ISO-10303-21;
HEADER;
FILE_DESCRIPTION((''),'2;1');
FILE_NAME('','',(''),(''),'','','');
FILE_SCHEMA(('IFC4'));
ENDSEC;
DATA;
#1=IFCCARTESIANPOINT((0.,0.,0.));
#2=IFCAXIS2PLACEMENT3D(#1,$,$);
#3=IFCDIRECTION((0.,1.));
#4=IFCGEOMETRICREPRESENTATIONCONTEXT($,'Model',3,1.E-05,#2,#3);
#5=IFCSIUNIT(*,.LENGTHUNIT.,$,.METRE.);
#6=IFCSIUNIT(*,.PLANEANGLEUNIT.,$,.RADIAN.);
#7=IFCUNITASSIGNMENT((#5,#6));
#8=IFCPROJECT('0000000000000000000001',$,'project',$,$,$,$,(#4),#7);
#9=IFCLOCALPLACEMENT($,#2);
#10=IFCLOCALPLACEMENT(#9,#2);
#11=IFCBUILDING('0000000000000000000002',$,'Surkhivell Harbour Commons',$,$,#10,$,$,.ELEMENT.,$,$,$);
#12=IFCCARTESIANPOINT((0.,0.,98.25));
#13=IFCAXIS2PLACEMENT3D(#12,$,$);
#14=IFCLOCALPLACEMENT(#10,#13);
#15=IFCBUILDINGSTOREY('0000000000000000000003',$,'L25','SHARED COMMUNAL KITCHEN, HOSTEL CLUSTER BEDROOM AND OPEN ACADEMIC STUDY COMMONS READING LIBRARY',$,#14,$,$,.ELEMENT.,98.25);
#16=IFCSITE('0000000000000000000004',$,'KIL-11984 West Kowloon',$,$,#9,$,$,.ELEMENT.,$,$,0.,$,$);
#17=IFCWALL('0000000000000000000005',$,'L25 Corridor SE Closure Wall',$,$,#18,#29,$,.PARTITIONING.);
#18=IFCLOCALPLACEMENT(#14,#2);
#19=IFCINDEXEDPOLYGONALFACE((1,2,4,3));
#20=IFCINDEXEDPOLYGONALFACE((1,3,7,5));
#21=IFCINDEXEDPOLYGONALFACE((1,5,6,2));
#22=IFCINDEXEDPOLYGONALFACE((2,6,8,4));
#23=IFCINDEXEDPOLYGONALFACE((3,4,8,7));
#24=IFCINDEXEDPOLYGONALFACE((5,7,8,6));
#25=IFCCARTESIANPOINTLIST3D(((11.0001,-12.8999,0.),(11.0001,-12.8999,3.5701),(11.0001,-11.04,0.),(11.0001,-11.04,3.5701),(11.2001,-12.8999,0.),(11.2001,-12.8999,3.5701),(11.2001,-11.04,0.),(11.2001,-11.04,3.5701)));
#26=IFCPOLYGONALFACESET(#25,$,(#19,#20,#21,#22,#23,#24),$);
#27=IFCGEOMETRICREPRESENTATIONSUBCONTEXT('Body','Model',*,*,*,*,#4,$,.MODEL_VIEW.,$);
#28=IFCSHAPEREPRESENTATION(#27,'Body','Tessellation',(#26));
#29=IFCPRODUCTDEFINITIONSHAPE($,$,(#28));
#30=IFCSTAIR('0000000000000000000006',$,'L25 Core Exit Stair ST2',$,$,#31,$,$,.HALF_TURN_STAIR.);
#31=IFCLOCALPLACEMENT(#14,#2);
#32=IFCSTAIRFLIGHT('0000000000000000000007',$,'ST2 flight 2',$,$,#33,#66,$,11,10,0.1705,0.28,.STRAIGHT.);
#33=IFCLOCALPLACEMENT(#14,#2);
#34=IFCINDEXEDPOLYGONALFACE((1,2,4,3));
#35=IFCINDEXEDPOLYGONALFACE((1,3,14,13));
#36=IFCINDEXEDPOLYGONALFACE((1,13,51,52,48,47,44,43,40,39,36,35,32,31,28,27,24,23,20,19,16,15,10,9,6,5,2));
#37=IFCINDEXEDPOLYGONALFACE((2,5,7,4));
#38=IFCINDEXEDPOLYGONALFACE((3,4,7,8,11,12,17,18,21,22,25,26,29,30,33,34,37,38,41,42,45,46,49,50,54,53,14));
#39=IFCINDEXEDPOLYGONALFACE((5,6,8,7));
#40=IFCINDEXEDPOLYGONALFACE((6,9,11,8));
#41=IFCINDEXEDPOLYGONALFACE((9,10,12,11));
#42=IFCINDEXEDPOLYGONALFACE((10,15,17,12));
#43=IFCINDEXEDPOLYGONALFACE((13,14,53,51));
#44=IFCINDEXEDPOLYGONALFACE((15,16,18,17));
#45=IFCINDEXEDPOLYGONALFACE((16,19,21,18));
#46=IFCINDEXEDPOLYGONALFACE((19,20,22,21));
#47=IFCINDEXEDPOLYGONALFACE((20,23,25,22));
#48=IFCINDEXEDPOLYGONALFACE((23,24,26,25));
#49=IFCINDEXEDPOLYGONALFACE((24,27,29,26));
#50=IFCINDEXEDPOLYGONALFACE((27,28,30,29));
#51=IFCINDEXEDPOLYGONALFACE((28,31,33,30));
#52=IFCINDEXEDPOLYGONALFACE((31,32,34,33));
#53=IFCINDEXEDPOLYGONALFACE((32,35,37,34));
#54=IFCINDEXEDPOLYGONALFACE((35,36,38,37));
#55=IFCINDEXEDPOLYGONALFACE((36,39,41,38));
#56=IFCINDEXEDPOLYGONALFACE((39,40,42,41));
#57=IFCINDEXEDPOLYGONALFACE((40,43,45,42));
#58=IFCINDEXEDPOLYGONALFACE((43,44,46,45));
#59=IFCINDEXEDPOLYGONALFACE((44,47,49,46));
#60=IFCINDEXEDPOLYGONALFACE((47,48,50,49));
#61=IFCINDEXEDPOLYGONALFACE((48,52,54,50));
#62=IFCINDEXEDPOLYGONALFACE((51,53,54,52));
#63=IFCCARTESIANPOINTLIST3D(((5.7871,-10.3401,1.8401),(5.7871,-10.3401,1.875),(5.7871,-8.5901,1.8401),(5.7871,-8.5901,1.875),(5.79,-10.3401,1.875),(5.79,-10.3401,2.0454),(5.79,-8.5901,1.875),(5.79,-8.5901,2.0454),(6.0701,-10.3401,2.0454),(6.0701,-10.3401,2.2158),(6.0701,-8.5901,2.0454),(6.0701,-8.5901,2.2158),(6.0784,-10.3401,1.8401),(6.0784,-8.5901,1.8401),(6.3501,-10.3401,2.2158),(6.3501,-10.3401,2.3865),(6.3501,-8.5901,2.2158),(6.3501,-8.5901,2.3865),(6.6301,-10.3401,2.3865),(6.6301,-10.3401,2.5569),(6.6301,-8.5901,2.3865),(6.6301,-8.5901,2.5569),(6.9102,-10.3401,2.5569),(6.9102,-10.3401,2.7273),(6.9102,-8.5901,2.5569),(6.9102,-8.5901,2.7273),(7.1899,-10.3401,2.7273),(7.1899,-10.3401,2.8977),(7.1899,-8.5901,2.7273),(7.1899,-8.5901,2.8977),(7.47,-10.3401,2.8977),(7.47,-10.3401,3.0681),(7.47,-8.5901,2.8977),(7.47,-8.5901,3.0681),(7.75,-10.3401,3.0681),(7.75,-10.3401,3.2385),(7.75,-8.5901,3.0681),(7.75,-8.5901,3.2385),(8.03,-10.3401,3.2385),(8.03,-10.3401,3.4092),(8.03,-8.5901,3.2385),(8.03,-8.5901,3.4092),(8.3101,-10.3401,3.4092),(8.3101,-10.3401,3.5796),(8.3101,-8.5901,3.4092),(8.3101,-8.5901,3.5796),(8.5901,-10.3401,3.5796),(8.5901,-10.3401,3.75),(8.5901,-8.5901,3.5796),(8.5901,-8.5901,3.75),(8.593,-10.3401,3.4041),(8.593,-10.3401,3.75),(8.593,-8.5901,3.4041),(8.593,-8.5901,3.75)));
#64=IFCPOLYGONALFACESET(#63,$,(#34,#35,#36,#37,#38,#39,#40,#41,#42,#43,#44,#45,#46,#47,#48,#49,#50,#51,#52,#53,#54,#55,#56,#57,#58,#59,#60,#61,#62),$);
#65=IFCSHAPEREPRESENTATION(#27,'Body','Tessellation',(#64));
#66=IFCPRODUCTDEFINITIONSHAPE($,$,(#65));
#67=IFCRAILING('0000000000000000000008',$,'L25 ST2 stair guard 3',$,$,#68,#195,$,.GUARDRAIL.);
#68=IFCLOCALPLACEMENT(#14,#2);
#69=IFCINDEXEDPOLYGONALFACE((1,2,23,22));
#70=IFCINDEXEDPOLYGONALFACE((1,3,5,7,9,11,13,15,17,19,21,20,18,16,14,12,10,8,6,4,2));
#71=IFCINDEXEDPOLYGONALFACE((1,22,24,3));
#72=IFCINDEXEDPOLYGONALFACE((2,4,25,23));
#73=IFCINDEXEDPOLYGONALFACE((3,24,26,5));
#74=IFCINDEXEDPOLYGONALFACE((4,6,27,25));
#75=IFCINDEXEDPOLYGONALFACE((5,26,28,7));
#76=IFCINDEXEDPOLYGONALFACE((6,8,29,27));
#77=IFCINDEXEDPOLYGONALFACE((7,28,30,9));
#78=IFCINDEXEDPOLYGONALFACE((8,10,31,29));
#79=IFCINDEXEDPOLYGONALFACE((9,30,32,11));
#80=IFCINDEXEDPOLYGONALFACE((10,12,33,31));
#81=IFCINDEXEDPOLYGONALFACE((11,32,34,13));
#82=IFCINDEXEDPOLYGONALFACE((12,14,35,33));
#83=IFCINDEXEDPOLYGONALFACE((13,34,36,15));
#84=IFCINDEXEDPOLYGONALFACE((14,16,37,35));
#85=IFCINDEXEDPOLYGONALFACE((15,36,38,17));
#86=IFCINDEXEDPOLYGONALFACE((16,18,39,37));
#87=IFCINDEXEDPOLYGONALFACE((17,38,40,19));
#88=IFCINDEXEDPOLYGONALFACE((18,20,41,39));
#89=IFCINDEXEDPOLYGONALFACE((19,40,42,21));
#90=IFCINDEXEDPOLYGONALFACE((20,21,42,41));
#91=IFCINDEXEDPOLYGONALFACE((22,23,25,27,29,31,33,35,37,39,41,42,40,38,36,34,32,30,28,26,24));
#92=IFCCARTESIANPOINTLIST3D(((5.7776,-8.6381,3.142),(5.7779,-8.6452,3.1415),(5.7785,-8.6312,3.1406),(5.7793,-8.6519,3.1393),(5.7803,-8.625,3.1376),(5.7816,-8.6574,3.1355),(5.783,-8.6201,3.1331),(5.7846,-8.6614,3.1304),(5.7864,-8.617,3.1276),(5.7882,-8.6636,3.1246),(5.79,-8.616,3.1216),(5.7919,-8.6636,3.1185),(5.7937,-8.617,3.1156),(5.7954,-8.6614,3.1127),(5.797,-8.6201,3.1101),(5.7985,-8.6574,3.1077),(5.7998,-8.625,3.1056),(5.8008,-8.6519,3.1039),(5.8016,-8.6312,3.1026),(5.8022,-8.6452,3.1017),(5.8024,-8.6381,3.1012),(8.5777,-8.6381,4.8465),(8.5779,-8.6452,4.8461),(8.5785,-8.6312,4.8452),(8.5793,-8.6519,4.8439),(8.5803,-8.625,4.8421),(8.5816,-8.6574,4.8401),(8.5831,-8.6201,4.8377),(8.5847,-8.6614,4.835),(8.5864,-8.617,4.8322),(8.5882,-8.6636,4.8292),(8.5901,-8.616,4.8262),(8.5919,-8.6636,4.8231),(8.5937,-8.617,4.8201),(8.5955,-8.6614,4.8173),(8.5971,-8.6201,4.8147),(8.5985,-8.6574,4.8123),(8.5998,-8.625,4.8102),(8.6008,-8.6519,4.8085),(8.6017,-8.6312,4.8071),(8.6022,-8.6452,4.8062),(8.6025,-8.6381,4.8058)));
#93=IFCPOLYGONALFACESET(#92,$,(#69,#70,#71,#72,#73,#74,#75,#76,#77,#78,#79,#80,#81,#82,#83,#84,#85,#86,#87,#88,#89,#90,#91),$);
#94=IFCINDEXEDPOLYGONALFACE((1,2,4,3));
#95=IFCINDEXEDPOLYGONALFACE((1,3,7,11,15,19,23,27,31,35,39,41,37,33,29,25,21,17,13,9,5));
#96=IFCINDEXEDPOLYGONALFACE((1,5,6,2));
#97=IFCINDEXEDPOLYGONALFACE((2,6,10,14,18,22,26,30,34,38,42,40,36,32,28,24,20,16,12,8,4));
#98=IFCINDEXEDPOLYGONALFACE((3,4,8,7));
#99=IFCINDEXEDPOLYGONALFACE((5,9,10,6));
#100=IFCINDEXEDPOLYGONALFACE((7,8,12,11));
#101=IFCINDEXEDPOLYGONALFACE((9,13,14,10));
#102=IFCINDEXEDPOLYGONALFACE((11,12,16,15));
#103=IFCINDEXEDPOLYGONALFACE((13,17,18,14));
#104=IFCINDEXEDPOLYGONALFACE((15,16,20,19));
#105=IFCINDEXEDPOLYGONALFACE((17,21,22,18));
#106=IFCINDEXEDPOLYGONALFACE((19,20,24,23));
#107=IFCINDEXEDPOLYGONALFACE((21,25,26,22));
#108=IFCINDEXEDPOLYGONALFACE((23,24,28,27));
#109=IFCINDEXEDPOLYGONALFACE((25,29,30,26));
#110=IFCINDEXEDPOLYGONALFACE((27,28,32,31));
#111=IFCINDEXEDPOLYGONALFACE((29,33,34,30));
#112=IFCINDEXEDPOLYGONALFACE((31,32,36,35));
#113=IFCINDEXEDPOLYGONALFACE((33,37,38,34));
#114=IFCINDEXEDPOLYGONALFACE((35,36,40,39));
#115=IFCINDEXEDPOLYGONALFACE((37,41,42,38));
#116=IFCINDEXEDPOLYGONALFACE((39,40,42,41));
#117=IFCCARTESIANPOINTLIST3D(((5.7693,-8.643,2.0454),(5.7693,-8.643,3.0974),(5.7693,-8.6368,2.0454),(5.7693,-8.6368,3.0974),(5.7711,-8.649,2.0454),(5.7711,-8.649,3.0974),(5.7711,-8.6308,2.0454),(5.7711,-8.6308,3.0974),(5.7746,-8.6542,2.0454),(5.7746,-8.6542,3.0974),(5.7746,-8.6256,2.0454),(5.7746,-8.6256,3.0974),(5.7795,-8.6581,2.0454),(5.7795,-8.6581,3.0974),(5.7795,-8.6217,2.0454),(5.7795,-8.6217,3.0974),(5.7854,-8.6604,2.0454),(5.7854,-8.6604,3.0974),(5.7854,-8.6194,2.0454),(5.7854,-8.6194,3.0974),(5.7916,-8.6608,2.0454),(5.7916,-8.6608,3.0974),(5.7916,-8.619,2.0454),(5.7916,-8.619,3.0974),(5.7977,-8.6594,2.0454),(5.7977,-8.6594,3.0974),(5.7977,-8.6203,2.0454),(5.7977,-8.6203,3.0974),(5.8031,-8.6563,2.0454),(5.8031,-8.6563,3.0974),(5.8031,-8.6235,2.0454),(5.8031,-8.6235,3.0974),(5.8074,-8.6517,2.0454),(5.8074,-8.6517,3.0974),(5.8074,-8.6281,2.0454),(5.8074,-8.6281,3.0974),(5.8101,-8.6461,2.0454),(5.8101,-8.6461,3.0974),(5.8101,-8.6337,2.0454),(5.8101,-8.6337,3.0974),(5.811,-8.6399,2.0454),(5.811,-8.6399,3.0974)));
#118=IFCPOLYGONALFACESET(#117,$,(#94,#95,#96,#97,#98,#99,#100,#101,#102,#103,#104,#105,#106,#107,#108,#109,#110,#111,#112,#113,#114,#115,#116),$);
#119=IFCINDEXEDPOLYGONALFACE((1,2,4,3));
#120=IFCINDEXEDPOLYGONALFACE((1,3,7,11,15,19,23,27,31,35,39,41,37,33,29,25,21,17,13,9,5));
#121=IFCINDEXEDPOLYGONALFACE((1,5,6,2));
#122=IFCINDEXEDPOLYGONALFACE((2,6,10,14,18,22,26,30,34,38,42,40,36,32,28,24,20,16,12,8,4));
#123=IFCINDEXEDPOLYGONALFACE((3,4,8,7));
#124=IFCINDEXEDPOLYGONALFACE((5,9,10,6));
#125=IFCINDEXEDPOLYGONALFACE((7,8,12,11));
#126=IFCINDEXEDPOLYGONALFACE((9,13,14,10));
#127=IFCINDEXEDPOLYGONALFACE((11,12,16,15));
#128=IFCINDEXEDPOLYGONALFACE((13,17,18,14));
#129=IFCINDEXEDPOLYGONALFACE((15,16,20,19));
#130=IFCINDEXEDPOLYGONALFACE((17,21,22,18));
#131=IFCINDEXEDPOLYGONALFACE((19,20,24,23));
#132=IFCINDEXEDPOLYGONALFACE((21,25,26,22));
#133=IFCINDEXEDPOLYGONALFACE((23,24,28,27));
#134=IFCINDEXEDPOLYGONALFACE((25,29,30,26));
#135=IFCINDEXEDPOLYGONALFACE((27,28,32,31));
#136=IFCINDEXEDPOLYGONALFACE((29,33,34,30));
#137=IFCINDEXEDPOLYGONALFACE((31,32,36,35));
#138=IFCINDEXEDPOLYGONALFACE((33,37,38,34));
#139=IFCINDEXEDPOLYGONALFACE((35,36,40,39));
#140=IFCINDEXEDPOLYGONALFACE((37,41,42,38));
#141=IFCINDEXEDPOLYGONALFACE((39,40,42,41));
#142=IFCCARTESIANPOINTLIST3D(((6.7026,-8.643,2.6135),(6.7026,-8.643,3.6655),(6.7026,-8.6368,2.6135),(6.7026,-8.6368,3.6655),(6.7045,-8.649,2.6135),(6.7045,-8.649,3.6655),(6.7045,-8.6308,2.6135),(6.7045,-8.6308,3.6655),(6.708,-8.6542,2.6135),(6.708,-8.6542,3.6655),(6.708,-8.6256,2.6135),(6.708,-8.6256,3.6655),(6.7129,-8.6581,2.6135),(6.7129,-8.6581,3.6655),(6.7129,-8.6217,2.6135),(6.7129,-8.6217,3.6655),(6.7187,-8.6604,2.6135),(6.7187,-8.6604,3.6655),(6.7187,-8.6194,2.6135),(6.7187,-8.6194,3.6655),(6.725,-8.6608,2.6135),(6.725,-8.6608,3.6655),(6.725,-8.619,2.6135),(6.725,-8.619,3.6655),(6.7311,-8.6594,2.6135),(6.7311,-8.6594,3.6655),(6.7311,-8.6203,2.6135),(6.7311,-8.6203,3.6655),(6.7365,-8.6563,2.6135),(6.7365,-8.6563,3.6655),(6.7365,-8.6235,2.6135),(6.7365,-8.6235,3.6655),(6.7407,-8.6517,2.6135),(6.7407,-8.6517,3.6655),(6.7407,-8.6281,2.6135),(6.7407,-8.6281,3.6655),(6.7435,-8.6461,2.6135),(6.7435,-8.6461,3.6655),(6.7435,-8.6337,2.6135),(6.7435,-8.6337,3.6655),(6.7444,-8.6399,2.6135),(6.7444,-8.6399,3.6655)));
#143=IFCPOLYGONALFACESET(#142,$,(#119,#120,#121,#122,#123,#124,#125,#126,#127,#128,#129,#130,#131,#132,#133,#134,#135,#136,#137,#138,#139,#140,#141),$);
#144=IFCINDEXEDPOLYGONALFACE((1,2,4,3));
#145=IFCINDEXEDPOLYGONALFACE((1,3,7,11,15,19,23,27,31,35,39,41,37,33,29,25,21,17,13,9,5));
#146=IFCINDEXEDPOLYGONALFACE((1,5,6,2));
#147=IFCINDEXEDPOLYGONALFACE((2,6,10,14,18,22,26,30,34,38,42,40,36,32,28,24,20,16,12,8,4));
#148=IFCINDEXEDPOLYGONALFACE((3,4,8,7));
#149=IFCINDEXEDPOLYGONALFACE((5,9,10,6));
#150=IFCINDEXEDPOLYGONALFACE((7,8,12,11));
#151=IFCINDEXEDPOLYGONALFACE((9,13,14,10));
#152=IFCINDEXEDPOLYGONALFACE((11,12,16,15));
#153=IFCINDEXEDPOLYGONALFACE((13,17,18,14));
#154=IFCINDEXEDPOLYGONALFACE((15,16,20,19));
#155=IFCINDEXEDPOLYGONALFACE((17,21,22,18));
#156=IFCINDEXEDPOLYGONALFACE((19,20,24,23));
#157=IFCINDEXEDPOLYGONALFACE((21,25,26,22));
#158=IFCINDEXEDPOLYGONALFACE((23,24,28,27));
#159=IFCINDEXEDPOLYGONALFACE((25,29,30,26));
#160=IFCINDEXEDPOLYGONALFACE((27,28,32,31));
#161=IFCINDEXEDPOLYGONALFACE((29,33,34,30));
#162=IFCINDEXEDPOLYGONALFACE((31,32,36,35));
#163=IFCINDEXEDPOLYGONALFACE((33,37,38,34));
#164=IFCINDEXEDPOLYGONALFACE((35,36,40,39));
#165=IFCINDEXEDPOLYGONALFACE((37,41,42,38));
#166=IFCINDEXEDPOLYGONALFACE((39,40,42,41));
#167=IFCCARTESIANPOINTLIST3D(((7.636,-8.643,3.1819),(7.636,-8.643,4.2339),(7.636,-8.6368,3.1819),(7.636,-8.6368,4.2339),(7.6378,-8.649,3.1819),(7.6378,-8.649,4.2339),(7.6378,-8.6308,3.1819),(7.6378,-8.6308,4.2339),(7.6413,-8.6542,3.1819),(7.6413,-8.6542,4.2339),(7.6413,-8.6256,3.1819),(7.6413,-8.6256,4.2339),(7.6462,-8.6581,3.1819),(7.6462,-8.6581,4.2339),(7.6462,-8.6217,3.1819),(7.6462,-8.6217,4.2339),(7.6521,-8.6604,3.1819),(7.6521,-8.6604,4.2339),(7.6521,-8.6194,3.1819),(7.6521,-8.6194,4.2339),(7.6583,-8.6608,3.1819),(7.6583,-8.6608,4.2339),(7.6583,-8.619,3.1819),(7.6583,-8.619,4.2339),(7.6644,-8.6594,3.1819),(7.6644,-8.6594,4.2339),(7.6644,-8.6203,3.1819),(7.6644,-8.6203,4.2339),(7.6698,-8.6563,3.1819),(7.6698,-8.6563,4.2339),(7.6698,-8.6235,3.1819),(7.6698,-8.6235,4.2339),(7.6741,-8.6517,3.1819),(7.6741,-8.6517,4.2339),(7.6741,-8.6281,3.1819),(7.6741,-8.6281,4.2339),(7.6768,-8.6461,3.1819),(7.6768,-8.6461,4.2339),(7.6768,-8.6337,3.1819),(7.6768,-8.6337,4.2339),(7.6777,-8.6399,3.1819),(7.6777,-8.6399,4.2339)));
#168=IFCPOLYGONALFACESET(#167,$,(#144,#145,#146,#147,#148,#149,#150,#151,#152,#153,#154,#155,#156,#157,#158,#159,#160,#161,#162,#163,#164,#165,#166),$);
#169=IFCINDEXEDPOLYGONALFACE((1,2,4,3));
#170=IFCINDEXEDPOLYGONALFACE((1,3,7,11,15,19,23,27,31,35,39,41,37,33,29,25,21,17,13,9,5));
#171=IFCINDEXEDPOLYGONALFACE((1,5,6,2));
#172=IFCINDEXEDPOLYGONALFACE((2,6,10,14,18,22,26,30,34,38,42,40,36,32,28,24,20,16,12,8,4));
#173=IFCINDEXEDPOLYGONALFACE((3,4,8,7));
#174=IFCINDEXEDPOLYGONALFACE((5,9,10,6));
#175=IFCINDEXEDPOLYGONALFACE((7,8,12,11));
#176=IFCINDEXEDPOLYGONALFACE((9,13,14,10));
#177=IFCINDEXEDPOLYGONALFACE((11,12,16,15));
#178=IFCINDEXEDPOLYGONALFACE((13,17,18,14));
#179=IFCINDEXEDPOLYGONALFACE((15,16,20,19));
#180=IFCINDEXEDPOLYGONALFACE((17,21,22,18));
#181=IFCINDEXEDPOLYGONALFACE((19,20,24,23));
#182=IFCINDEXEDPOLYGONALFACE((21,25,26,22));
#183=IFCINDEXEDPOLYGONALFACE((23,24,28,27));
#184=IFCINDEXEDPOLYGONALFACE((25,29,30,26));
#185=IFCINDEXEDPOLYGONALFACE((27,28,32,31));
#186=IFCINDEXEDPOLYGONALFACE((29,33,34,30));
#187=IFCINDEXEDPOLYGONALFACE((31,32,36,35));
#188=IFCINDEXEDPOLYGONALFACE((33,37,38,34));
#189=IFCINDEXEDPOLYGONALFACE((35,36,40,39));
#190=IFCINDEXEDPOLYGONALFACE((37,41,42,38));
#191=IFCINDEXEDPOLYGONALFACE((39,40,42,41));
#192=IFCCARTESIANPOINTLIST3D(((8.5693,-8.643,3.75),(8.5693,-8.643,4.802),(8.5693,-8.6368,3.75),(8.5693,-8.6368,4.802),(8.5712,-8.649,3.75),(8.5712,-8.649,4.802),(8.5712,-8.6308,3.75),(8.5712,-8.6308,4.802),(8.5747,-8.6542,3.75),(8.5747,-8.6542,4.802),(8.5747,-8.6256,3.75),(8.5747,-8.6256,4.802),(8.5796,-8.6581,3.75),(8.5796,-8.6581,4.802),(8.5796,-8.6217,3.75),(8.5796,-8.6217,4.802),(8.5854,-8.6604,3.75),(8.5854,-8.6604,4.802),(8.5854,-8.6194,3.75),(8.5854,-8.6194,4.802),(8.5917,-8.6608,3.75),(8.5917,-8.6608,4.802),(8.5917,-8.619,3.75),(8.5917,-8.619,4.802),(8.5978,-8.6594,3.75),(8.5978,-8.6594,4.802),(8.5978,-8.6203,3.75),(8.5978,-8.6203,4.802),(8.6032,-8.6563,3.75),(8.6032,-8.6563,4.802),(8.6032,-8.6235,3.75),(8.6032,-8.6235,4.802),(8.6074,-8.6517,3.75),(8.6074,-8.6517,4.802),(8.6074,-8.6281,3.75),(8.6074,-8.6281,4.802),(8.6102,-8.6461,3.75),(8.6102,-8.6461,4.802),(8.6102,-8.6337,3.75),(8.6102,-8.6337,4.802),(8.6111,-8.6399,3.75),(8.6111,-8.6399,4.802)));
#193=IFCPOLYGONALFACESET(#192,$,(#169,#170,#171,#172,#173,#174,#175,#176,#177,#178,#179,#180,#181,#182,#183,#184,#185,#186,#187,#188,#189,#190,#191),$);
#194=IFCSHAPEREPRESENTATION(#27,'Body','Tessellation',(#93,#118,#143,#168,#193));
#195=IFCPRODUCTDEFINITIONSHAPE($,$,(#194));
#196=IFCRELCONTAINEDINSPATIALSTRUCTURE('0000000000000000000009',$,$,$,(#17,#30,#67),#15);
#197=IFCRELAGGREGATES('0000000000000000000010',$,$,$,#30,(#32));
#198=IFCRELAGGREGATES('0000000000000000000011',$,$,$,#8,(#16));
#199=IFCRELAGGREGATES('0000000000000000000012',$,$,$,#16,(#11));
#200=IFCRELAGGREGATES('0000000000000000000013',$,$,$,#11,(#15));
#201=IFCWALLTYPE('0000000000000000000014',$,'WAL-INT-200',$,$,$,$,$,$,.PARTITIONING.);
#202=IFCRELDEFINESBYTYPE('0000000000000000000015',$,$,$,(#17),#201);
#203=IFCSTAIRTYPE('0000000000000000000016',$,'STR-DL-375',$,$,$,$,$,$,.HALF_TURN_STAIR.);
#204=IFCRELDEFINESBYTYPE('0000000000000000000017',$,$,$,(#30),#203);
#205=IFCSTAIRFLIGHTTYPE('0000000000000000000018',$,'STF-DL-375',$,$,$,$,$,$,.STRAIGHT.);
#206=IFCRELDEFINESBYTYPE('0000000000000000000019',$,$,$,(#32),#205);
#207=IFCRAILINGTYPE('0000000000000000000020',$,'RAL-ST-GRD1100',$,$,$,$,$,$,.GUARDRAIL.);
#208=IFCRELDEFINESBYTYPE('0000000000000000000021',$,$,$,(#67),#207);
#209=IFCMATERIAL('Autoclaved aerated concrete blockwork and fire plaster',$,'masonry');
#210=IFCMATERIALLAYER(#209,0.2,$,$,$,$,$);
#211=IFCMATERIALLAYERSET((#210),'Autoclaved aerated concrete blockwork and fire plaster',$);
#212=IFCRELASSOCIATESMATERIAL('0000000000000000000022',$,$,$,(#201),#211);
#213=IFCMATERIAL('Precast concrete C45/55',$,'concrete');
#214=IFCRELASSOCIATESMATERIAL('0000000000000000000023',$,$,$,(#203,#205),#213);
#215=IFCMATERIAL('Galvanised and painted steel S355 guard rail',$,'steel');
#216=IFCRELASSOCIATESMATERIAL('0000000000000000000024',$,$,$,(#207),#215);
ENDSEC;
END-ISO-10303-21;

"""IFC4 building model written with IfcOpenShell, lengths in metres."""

from ifc_helpers import new_model, si_unit, direction, frame, frame_2d, origin, origin_2d, place, context, subcontext, project, spatial, polyline, rectangle, circle, outline, extrude, material, layer, layer_set, type_object, element, aggregate, save


model = new_model("IFC4")

# Units and contexts
model_context = context("Model", 3, precision=1e-05, world=origin(), true_north=direction((0.0, 1.0)))
body_context = subcontext(model_context, "Body", "Model", "MODEL_VIEW")
ifc_project = project(units=[si_unit("LENGTHUNIT", "METRE"), si_unit("PLANEANGLEUNIT", "RADIAN")], contexts=[model_context])

# Site, building, storey
site_placement = place(None, origin())
site = spatial("IfcSite", under=ifc_project, at=site_placement, Name="KIL-11984 West Kowloon", CompositionType="ELEMENT", RefElevation=0.0)
building_placement = place(site_placement, origin())
building = spatial("IfcBuilding", under=site, at=building_placement, Name="Surkhivell Harbour Commons", CompositionType="ELEMENT")
storey_placement = place(building_placement, frame((0.0, 0.0, 98.25)))
storey = spatial("IfcBuildingStorey", under=building, at=storey_placement, Name="L25", Description="SHARED COMMUNAL KITCHEN, HOSTEL CLUSTER BEDROOM AND OPEN ACADEMIC STUDY COMMONS READING LIBRARY", CompositionType="ELEMENT", Elevation=98.25)

# Shared definitions
ifc_material_1 = material(Name="Autoclaved aerated concrete blockwork and fire plaster", Category="masonry")
ifc_layer_1 = layer(ifc_material_1, 0.2)
ifc_layer_set_1 = layer_set([ifc_layer_1], Name="Autoclaved aerated concrete blockwork and fire plaster")
wall_type_1 = type_object("IfcWallType", Name="WAL-INT-200", PredefinedType="PARTITIONING", material=ifc_layer_set_1)

# Wall
wall_1_placement = place(storey_placement, frame((11.1001, -12.8999, 0.0), z_axis=(0.0, 0.0, 1.0), x_axis=(0.0, 1.0, 0.0)))
element("IfcWall", 1, at=wall_1_placement, inside=storey, type_object=wall_type_1, Name="L25 Corridor SE Closure Wall", PredefinedType="PARTITIONING", context=body_context, shape_type="SweptSolid", body=[
    extrude(rectangle(XDim=1.8599, YDim=0.2, at=frame_2d((0.9299, 0.0))), origin(), (0.0, 0.0, 1.0), 3.5701),
])

# Stair, stair flight
ifc_material_2 = material(Name="Precast concrete C45/55", Category="concrete")
stair_type = type_object("IfcStairType", Name="STR-DL-375", PredefinedType="HALF_TURN_STAIR", material=ifc_material_2)
stair_placement = place(storey_placement, origin())
stair = element("IfcStair", 2, at=stair_placement, inside=storey, type_object=stair_type, Name="L25 Core Exit Stair ST2", PredefinedType="HALF_TURN_STAIR")
stair_flight_type = type_object("IfcStairFlightType", Name="STF-DL-375", PredefinedType="STRAIGHT", material=ifc_material_2)
stair_flight_placement = place(storey_placement, frame((5.79, -9.4651, 1.875), z_axis=(0.0, 0.0, 1.0), x_axis=(1.0, 0.0, 0.0)))
stair_flight = element("IfcStairFlight", 3, at=stair_flight_placement, type_object=stair_flight_type, Name="ST2 flight 2", NumberOfRisers=11, NumberOfTreads=10, PredefinedType="STRAIGHT", RiserHeight=0.1705, TreadLength=0.28, context=body_context, shape_type="SweptSolid", body=[
    extrude(outline(polyline([(-0.0029, -0.0349), (-0.0029, 0.0), (0.0, 0.0), (0.0, 0.1704), (0.28, 0.1704), (0.28, 0.3408), (0.5601, 0.3408), (0.5601, 0.5115), (0.8401, 0.5115), (0.8401, 0.6819), (1.1201, 0.6819), (1.1201, 0.8523), (1.3999, 0.8523), (1.3999, 1.0227), (1.6799, 1.0227), (1.6799, 1.1931), (1.96, 1.1931), (1.96, 1.3635), (2.24, 1.3635), (2.24, 1.5342), (2.52, 1.5342), (2.52, 1.7046), (2.8, 1.7046), (2.8, 1.875), (2.803, 1.875), (2.803, 1.5291), (0.2883, -0.0349), (-0.0029, -0.0349)])), frame((0.0, 0.875, 0.0), z_axis=(0.0, -1.0, 0.0), x_axis=(1.0, 0.0, 0.0)), (0.0, 0.0, 1.0), 1.75),
])
aggregate(stair, [stair_flight])

# Railing
ifc_material_3 = material(Name="Galvanised and painted steel S355 guard rail", Category="steel")
railing_type_1 = type_object("IfcRailingType", Name="RAL-ST-GRD1100", PredefinedType="GUARDRAIL", material=ifc_material_3)
railing_1_placement = place(storey_placement, frame((5.79, -8.6399, 2.0454)))
element("IfcRailing", 4, at=railing_1_placement, inside=storey, type_object=railing_type_1, Name="L25 ST2 stair guard 3", PredefinedType="GUARDRAIL", context=body_context, shape_type="SweptSolid", body=[
    extrude(circle(Radius=0.0239, at=origin_2d()), frame((0.0, 0.0, 1.0762), z_axis=(0.85417, 0.0, 0.519994), x_axis=(0.0, 1.0, 0.0)), (0.0, 0.0, 1.0), 3.2781),
    extrude(circle(Radius=0.021, at=origin_2d()), origin(), (0.0, 0.0, 1.0), 1.052),
    extrude(circle(Radius=0.021, at=origin_2d()), frame((0.9333, 0.0, 0.5681)), (0.0, 0.0, 1.0), 1.052),
    extrude(circle(Radius=0.021, at=origin_2d()), frame((1.8667, 0.0, 1.1365)), (0.0, 0.0, 1.0), 1.052),
    extrude(circle(Radius=0.021, at=origin_2d()), frame((2.8, 0.0, 1.7046)), (0.0, 0.0, 1.0), 1.052),
])

save(model, "model.ifc")
